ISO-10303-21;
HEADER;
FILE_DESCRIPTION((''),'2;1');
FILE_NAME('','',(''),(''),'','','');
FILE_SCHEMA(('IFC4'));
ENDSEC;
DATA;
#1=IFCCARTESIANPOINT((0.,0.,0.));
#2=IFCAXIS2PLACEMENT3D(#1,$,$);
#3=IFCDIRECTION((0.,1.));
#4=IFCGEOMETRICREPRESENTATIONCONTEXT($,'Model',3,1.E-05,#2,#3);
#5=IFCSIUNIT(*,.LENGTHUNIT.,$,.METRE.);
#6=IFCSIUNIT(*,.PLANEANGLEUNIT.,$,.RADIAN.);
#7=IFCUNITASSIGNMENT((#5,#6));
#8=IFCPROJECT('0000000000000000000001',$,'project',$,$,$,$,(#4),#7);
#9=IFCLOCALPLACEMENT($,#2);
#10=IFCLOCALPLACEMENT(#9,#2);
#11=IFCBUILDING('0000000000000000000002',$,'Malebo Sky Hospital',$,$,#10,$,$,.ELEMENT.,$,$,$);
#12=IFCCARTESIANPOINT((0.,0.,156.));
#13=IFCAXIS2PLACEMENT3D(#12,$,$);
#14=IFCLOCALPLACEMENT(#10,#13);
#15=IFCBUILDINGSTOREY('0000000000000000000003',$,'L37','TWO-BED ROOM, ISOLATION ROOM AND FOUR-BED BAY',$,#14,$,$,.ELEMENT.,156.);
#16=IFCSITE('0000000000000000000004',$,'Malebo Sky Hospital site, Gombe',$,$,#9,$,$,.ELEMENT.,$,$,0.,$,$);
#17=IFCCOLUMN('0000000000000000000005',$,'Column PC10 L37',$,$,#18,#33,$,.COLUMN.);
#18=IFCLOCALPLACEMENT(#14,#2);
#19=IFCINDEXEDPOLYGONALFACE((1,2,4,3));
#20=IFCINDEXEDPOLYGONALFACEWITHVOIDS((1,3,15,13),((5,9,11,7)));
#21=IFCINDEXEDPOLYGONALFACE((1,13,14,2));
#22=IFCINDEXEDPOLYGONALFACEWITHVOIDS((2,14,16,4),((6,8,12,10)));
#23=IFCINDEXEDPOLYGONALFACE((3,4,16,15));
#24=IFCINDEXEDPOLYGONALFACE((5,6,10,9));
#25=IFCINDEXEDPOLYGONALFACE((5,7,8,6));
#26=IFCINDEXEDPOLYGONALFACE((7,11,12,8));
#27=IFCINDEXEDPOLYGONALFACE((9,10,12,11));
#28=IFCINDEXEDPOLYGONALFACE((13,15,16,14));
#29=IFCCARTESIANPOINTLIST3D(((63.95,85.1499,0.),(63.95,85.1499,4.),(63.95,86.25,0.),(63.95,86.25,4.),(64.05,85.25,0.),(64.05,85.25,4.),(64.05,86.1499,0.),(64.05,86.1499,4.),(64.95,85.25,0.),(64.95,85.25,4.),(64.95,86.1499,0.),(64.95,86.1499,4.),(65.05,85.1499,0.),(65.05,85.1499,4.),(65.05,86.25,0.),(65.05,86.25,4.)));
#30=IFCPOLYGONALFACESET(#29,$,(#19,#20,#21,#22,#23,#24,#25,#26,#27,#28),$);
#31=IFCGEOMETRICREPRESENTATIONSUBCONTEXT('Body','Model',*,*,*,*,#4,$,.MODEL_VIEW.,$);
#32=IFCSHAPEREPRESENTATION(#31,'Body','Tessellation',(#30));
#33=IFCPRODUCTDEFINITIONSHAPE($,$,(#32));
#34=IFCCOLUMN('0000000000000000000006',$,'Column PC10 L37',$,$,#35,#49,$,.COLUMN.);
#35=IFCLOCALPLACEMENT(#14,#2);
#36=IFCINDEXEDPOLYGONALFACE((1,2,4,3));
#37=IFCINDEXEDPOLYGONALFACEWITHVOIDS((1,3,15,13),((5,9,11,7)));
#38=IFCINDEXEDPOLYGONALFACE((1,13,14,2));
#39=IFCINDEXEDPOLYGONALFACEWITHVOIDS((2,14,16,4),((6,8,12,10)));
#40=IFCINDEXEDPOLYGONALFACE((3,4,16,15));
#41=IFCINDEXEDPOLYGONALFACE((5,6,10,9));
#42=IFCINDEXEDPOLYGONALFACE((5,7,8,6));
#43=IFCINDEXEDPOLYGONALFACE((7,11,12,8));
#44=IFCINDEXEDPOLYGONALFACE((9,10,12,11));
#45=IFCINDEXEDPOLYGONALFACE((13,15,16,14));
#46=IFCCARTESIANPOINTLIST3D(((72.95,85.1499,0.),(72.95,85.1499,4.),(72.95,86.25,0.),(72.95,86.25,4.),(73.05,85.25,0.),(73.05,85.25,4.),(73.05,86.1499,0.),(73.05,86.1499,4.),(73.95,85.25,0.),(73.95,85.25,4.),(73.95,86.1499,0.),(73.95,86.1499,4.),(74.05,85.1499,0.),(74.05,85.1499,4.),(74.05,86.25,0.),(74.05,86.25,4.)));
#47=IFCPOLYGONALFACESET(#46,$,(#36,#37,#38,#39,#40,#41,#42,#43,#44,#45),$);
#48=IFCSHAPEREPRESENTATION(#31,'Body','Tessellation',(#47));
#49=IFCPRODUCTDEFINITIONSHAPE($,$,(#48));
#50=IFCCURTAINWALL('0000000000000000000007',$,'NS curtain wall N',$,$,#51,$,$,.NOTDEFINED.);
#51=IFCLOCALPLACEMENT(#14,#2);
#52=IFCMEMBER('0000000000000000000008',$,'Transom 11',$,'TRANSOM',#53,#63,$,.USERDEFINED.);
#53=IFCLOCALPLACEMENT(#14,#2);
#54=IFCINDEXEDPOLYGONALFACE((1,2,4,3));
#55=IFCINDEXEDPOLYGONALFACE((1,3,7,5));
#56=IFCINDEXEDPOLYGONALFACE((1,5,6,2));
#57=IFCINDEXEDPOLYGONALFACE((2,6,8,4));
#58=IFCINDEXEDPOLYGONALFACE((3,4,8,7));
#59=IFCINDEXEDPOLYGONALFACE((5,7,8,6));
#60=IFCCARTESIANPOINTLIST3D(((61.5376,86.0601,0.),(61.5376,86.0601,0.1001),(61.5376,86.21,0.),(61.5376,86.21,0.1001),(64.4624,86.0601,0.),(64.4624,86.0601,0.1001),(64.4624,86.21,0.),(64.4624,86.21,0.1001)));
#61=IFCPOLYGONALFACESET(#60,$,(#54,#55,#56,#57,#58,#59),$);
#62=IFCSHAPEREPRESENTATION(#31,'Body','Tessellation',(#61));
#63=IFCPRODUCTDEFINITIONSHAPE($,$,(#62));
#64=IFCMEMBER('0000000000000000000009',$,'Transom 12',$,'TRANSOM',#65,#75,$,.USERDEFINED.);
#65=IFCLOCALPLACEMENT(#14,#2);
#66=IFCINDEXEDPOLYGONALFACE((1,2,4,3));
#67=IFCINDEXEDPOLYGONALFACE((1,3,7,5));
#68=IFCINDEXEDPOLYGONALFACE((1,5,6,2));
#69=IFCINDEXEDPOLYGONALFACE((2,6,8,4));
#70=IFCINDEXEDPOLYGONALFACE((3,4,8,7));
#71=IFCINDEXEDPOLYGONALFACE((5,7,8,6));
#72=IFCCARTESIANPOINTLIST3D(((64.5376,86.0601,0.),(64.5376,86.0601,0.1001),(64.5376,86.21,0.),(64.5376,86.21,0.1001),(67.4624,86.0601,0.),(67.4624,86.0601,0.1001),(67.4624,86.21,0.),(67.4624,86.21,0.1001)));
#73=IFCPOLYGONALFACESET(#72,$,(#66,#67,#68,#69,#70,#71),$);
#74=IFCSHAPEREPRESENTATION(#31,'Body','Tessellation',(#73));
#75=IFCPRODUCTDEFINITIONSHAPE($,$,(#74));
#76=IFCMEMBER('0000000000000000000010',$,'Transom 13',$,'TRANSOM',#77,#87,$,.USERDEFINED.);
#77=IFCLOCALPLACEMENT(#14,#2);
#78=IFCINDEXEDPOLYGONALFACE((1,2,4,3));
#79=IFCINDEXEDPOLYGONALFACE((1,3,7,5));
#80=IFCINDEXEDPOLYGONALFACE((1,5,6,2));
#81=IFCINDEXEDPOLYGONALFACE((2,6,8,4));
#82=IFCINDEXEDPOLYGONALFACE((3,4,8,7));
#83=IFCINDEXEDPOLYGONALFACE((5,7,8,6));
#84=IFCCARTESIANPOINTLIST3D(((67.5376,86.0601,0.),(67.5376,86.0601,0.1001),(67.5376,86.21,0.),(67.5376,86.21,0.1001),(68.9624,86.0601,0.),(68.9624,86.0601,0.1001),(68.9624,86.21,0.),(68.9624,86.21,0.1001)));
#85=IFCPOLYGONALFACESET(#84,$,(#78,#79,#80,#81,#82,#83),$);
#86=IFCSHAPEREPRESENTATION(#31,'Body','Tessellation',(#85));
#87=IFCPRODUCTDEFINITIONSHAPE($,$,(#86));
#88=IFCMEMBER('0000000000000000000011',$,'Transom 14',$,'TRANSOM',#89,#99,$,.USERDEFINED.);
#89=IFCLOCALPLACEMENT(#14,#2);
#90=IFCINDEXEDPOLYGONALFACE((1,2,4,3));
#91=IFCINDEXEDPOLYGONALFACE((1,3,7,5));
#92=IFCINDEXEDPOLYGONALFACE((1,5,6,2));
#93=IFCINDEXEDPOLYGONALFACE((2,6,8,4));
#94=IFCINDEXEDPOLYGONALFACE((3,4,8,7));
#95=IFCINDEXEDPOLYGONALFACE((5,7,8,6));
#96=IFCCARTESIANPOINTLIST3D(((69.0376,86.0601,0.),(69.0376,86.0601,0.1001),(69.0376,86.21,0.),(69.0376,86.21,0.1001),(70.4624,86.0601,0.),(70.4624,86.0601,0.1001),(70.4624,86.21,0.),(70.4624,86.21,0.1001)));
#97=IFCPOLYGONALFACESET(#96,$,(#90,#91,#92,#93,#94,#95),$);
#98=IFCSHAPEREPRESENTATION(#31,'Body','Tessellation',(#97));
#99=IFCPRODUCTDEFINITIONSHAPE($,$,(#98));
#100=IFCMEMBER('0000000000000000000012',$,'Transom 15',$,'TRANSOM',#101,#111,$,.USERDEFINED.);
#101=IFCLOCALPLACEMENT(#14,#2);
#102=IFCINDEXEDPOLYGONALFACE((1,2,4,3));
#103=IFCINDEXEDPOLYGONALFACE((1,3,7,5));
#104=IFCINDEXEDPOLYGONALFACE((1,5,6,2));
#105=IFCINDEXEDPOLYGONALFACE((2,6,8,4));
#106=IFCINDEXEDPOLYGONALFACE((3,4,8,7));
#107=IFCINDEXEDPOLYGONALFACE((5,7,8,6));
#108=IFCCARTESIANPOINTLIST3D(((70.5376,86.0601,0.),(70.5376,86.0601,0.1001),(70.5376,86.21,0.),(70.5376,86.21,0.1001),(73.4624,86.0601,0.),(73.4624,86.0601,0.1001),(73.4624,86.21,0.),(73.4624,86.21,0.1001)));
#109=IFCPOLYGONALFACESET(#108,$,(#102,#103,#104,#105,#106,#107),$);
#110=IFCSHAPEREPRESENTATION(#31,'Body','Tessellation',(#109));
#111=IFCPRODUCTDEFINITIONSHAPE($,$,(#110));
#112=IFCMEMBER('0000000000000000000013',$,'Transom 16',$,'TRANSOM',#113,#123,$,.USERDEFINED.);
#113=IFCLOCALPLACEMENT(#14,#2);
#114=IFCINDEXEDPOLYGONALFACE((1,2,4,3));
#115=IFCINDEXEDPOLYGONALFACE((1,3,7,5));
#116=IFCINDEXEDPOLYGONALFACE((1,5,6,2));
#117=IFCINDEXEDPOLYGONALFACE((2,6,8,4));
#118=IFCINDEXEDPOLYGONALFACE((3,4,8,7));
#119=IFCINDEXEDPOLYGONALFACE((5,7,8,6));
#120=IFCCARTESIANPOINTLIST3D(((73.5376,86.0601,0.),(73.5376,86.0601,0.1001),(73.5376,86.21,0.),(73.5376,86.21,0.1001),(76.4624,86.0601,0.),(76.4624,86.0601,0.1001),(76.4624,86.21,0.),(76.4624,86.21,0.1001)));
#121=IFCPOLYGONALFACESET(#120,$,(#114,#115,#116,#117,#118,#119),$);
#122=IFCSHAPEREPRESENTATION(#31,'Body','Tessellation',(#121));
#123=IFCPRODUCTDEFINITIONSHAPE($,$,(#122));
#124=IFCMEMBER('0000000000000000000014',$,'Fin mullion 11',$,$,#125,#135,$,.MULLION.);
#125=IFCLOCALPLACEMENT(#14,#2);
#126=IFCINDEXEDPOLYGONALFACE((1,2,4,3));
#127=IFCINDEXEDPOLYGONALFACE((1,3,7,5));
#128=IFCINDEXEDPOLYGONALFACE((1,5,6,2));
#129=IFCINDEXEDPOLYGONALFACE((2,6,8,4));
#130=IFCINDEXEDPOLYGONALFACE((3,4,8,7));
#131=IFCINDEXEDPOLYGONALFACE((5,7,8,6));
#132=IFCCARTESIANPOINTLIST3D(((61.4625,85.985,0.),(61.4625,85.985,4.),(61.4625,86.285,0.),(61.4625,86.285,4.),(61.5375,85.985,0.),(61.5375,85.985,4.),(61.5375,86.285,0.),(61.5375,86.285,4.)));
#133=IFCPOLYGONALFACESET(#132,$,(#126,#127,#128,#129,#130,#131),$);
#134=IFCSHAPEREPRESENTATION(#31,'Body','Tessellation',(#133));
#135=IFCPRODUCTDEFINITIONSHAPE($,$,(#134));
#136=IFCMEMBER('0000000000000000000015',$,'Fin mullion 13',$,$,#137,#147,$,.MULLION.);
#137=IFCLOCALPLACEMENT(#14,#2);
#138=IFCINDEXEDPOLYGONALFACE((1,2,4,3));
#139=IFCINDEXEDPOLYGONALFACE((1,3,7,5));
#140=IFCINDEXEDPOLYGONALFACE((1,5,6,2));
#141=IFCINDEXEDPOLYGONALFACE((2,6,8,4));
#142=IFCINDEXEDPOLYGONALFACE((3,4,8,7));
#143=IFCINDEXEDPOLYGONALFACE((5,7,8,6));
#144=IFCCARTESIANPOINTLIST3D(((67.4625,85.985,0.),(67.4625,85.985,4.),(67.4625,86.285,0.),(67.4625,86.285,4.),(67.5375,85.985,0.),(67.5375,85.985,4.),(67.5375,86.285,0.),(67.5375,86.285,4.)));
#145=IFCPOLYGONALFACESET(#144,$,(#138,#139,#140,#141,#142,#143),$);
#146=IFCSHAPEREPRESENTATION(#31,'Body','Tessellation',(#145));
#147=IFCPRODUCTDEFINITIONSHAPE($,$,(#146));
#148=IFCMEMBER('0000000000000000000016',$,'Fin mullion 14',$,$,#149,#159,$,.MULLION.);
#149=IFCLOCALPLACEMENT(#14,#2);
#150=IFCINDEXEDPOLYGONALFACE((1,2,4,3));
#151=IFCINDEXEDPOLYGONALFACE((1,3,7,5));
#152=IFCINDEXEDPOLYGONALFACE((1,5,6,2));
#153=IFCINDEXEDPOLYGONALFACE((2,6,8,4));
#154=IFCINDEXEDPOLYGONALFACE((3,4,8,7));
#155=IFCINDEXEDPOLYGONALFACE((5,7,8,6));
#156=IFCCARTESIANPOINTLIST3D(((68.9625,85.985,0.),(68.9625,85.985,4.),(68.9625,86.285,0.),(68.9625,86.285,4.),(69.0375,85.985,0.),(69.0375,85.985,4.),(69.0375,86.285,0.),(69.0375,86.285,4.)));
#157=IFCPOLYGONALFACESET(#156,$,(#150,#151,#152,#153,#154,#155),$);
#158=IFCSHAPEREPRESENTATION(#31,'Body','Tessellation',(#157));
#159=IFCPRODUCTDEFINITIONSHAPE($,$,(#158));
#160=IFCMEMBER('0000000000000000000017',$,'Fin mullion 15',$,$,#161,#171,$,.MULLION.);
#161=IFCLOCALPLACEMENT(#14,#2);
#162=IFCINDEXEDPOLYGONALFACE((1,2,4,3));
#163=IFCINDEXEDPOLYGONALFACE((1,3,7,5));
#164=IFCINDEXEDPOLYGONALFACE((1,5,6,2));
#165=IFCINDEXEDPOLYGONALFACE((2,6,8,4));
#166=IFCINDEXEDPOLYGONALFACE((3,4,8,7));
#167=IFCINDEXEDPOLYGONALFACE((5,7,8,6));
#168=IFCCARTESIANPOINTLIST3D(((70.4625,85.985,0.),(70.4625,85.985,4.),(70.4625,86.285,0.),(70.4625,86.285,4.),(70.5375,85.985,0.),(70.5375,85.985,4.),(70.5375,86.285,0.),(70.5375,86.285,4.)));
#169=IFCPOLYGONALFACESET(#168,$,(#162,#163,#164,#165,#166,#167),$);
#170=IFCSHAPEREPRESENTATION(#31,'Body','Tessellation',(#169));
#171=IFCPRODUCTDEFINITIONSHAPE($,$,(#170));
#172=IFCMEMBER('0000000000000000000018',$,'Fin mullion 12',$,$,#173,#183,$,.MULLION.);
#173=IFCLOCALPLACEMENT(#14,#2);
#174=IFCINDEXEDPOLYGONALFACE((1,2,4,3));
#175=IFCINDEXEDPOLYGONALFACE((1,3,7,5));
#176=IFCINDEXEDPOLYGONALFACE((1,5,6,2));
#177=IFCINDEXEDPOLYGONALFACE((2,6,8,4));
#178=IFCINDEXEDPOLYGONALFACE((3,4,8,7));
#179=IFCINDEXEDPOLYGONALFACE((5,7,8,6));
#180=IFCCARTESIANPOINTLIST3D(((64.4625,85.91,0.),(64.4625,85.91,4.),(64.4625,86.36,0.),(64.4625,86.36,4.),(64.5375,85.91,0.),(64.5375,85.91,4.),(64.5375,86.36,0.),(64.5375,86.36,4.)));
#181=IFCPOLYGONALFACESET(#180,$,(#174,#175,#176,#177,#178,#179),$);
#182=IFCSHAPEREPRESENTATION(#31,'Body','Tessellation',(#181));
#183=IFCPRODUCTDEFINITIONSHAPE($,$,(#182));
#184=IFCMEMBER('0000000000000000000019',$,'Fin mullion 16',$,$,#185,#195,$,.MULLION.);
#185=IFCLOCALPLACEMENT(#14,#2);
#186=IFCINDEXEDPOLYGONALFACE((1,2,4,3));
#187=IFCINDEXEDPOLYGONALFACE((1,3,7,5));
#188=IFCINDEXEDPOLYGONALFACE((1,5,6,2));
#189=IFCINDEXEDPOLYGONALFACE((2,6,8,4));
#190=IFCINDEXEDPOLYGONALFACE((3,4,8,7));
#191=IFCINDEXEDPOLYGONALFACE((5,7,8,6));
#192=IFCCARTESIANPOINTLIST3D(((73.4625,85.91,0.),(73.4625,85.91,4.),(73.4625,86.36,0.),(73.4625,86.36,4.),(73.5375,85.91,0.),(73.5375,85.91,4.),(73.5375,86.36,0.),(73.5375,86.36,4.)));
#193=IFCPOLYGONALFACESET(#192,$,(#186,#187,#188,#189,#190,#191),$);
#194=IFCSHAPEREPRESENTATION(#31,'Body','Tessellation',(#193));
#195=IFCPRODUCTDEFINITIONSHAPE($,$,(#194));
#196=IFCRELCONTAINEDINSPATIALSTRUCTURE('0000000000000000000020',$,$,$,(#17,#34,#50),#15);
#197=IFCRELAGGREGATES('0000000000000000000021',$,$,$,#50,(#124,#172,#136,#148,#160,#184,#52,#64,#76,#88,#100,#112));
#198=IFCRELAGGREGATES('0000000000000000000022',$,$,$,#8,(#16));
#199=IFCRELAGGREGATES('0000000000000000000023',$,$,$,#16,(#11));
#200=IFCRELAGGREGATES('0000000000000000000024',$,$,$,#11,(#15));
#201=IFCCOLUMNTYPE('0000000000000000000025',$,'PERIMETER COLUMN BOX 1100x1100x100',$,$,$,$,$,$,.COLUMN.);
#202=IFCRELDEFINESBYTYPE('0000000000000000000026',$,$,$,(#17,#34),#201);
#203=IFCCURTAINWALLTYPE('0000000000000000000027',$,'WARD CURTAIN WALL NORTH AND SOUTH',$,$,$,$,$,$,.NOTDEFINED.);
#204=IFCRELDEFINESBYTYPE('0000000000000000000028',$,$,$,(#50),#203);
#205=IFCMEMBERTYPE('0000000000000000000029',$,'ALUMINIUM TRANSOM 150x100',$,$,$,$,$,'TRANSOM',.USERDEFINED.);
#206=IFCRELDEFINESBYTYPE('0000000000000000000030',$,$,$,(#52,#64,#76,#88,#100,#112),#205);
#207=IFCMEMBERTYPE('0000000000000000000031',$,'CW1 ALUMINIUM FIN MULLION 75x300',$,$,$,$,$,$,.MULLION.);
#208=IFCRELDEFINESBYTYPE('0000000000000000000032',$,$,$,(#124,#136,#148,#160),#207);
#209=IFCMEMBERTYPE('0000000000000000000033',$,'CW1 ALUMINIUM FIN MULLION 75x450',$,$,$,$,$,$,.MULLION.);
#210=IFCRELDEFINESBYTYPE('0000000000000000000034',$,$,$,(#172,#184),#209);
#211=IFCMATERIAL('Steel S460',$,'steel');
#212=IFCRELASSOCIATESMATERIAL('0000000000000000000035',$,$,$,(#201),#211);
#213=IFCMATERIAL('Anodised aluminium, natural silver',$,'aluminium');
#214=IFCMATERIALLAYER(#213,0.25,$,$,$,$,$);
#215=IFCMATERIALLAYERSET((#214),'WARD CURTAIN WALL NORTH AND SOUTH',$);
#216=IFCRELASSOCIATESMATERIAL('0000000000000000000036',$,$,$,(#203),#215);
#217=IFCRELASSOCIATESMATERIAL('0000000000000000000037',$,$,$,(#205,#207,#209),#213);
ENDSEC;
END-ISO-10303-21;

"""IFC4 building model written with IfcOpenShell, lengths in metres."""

from ifc_helpers import new_model, si_unit, direction, frame, origin, origin_2d, place, context, subcontext, project, spatial, rectangle, hollow_rectangle, extrude, material, layer, layer_set, material_profile, profile_set, type_object, element, aggregate, save


model = new_model("IFC4")

# Units and contexts
model_context = context("Model", 3, precision=1e-05, world=origin(), true_north=direction((0.0, 1.0)))
body_context = subcontext(model_context, "Body", "Model", "MODEL_VIEW")
ifc_project = project(units=[si_unit("LENGTHUNIT", "METRE"), si_unit("PLANEANGLEUNIT", "RADIAN")], contexts=[model_context])

# Site, building, storey
site_placement = place(None, origin())
site = spatial("IfcSite", under=ifc_project, at=site_placement, Name="Malebo Sky Hospital site, Gombe", CompositionType="ELEMENT", RefElevation=0.0)
building_placement = place(site_placement, origin())
building = spatial("IfcBuilding", under=site, at=building_placement, Name="Malebo Sky Hospital", CompositionType="ELEMENT")
storey_placement = place(building_placement, frame((0.0, 0.0, 156.0)))
storey = spatial("IfcBuildingStorey", under=building, at=storey_placement, Name="L37", Description="TWO-BED ROOM, ISOLATION ROOM AND FOUR-BED BAY", CompositionType="ELEMENT", Elevation=156.0)

# Columns
ifc_material_1 = material(Name="Steel S460", Category="steel")
ifc_material_profile_1 = material_profile(ifc_material_1, hollow_rectangle(XDim=1.1001, YDim=1.1001, WallThickness=0.1001, at=origin_2d()), Name="BOX 1100x1100x100")
ifc_profile_set_1 = profile_set([ifc_material_profile_1], Name="Steel S460")
column_type = type_object("IfcColumnType", Name="PERIMETER COLUMN BOX 1100x1100x100", PredefinedType="COLUMN", material=ifc_profile_set_1)
for number, where, z_axis, x_axis, name in (
    (1, (64.5, 85.7, 0.0), (0.0, 0.0, 1.0), (1.0, 0.0, 0.0), "Column PC10 L37"),
    (2, (73.5, 85.7, 0.0), (0.0, 0.0, 1.0), (1.0, 0.0, 0.0), "Column PC10 L37"),
):
    element("IfcColumn", number, at=place(storey_placement, frame(where, z_axis=z_axis, x_axis=x_axis)), inside=storey, type_object=column_type, Name=name, PredefinedType="COLUMN", context=body_context, shape_type="SweptSolid", body=[
        extrude(hollow_rectangle(XDim=1.1001, YDim=1.1001, WallThickness=0.1001, at=origin_2d()), origin(), (0.0, 0.0, 1.0), 4.0),
    ])

# Curtain wall, members
ifc_material_2 = material(Name="Anodised aluminium, natural silver", Category="aluminium")
ifc_layer_1 = layer(ifc_material_2, 0.25)
ifc_layer_set_1 = layer_set([ifc_layer_1], Name="WARD CURTAIN WALL NORTH AND SOUTH")
curtain_wall_type = type_object("IfcCurtainWallType", Name="WARD CURTAIN WALL NORTH AND SOUTH", PredefinedType="NOTDEFINED", material=ifc_layer_set_1)
curtain_wall_placement = place(storey_placement, origin())
curtain_wall = element("IfcCurtainWall", 3, at=curtain_wall_placement, inside=storey, type_object=curtain_wall_type, Name="NS curtain wall N", PredefinedType="NOTDEFINED")
ifc_material_profile_2 = material_profile(ifc_material_2, rectangle(XDim=0.1499, YDim=0.1001, at=origin_2d()), Name="ALUMINIUM TRANSOM 150x100")
ifc_profile_set_2 = profile_set([ifc_material_profile_2], Name="Anodised aluminium, natural silver")
member_type_1 = type_object("IfcMemberType", Name="ALUMINIUM TRANSOM 150x100", ElementType="TRANSOM", PredefinedType="USERDEFINED", material=ifc_profile_set_2)
member_1_placement = place(storey_placement, frame((61.5376, 86.135, 0.05), z_axis=(1.0, 0.0, 0.0), x_axis=(0.0, 1.0, 0.0)))
member_1 = element("IfcMember", 4, at=member_1_placement, type_object=member_type_1, Name="Transom 11", ObjectType="TRANSOM", PredefinedType="USERDEFINED", context=body_context, shape_type="SweptSolid", body=[
    extrude(rectangle(XDim=0.1499, YDim=0.1001, at=origin_2d()), origin(), (0.0, 0.0, 1.0), 2.9248),
])
member_2_placement = place(storey_placement, frame((64.5376, 86.135, 0.05), z_axis=(1.0, 0.0, 0.0), x_axis=(0.0, 1.0, 0.0)))
member_2 = element("IfcMember", 5, at=member_2_placement, type_object=member_type_1, Name="Transom 12", ObjectType="TRANSOM", PredefinedType="USERDEFINED", context=body_context, shape_type="SweptSolid", body=[
    extrude(rectangle(XDim=0.1499, YDim=0.1001, at=origin_2d()), origin(), (0.0, 0.0, 1.0), 2.9248),
])
member_3_placement = place(storey_placement, frame((67.5376, 86.135, 0.05), z_axis=(1.0, 0.0, 0.0), x_axis=(0.0, 1.0, 0.0)))
member_3 = element("IfcMember", 6, at=member_3_placement, type_object=member_type_1, Name="Transom 13", ObjectType="TRANSOM", PredefinedType="USERDEFINED", context=body_context, shape_type="SweptSolid", body=[
    extrude(rectangle(XDim=0.1499, YDim=0.1001, at=origin_2d()), origin(), (0.0, 0.0, 1.0), 1.4248),
])
member_4_placement = place(storey_placement, frame((69.0376, 86.135, 0.05), z_axis=(1.0, 0.0, 0.0), x_axis=(0.0, 1.0, 0.0)))
member_4 = element("IfcMember", 7, at=member_4_placement, type_object=member_type_1, Name="Transom 14", ObjectType="TRANSOM", PredefinedType="USERDEFINED", context=body_context, shape_type="SweptSolid", body=[
    extrude(rectangle(XDim=0.1499, YDim=0.1001, at=origin_2d()), origin(), (0.0, 0.0, 1.0), 1.4248),
])
member_5_placement = place(storey_placement, frame((70.5376, 86.135, 0.05), z_axis=(1.0, 0.0, 0.0), x_axis=(0.0, 1.0, 0.0)))
member_5 = element("IfcMember", 8, at=member_5_placement, type_object=member_type_1, Name="Transom 15", ObjectType="TRANSOM", PredefinedType="USERDEFINED", context=body_context, shape_type="SweptSolid", body=[
    extrude(rectangle(XDim=0.1499, YDim=0.1001, at=origin_2d()), origin(), (0.0, 0.0, 1.0), 2.9248),
])
member_6_placement = place(storey_placement, frame((73.5376, 86.135, 0.05), z_axis=(1.0, 0.0, 0.0), x_axis=(0.0, 1.0, 0.0)))
member_6 = element("IfcMember", 9, at=member_6_placement, type_object=member_type_1, Name="Transom 16", ObjectType="TRANSOM", PredefinedType="USERDEFINED", context=body_context, shape_type="SweptSolid", body=[
    extrude(rectangle(XDim=0.1499, YDim=0.1001, at=origin_2d()), origin(), (0.0, 0.0, 1.0), 2.9248),
])
ifc_material_profile_3 = material_profile(ifc_material_2, rectangle(XDim=0.075, YDim=0.3, at=origin_2d()), Name="CW1 ALUMINIUM FIN MULLION 75x300")
ifc_profile_set_3 = profile_set([ifc_material_profile_3], Name="Anodised aluminium, natural silver")
member_type_2 = type_object("IfcMemberType", Name="CW1 ALUMINIUM FIN MULLION 75x300", PredefinedType="MULLION", material=ifc_profile_set_3)
member_7_placement = place(storey_placement, frame((61.5, 86.135, 0.0), z_axis=(0.0, 0.0, 1.0), x_axis=(1.0, 0.0, 0.0)))
member_7 = element("IfcMember", 10, at=member_7_placement, type_object=member_type_2, Name="Fin mullion 11", PredefinedType="MULLION", context=body_context, shape_type="SweptSolid", body=[
    extrude(rectangle(XDim=0.075, YDim=0.3, at=origin_2d()), origin(), (0.0, 0.0, 1.0), 4.0),
])
member_8_placement = place(storey_placement, frame((67.5, 86.135, 0.0), z_axis=(0.0, 0.0, 1.0), x_axis=(1.0, 0.0, 0.0)))
member_8 = element("IfcMember", 11, at=member_8_placement, type_object=member_type_2, Name="Fin mullion 13", PredefinedType="MULLION", context=body_context, shape_type="SweptSolid", body=[
    extrude(rectangle(XDim=0.075, YDim=0.3, at=origin_2d()), origin(), (0.0, 0.0, 1.0), 4.0),
])
member_9_placement = place(storey_placement, frame((69.0, 86.135, 0.0), z_axis=(0.0, 0.0, 1.0), x_axis=(1.0, 0.0, 0.0)))
member_9 = element("IfcMember", 12, at=member_9_placement, type_object=member_type_2, Name="Fin mullion 14", PredefinedType="MULLION", context=body_context, shape_type="SweptSolid", body=[
    extrude(rectangle(XDim=0.075, YDim=0.3, at=origin_2d()), origin(), (0.0, 0.0, 1.0), 4.0),
])
member_10_placement = place(storey_placement, frame((70.5, 86.135, 0.0), z_axis=(0.0, 0.0, 1.0), x_axis=(1.0, 0.0, 0.0)))
member_10 = element("IfcMember", 13, at=member_10_placement, type_object=member_type_2, Name="Fin mullion 15", PredefinedType="MULLION", context=body_context, shape_type="SweptSolid", body=[
    extrude(rectangle(XDim=0.075, YDim=0.3, at=origin_2d()), origin(), (0.0, 0.0, 1.0), 4.0),
])
ifc_material_profile_4 = material_profile(ifc_material_2, rectangle(XDim=0.075, YDim=0.45, at=origin_2d()), Name="CW1 ALUMINIUM FIN MULLION 75x450")
ifc_profile_set_4 = profile_set([ifc_material_profile_4], Name="Anodised aluminium, natural silver")
member_type_3 = type_object("IfcMemberType", Name="CW1 ALUMINIUM FIN MULLION 75x450", PredefinedType="MULLION", material=ifc_profile_set_4)
member_11_placement = place(storey_placement, frame((64.5, 86.135, 0.0), z_axis=(0.0, 0.0, 1.0), x_axis=(1.0, 0.0, 0.0)))
member_11 = element("IfcMember", 14, at=member_11_placement, type_object=member_type_3, Name="Fin mullion 12", PredefinedType="MULLION", context=body_context, shape_type="SweptSolid", body=[
    extrude(rectangle(XDim=0.075, YDim=0.45, at=origin_2d()), origin(), (0.0, 0.0, 1.0), 4.0),
])
member_12_placement = place(storey_placement, frame((73.5, 86.135, 0.0), z_axis=(0.0, 0.0, 1.0), x_axis=(1.0, 0.0, 0.0)))
member_12 = element("IfcMember", 15, at=member_12_placement, type_object=member_type_3, Name="Fin mullion 16", PredefinedType="MULLION", context=body_context, shape_type="SweptSolid", body=[
    extrude(rectangle(XDim=0.075, YDim=0.45, at=origin_2d()), origin(), (0.0, 0.0, 1.0), 4.0),
])

aggregate(curtain_wall, [member_7, member_11, member_8, member_9, member_10, member_12, member_1, member_2, member_3, member_4, member_5, member_6])

save(model, "model.ifc")
